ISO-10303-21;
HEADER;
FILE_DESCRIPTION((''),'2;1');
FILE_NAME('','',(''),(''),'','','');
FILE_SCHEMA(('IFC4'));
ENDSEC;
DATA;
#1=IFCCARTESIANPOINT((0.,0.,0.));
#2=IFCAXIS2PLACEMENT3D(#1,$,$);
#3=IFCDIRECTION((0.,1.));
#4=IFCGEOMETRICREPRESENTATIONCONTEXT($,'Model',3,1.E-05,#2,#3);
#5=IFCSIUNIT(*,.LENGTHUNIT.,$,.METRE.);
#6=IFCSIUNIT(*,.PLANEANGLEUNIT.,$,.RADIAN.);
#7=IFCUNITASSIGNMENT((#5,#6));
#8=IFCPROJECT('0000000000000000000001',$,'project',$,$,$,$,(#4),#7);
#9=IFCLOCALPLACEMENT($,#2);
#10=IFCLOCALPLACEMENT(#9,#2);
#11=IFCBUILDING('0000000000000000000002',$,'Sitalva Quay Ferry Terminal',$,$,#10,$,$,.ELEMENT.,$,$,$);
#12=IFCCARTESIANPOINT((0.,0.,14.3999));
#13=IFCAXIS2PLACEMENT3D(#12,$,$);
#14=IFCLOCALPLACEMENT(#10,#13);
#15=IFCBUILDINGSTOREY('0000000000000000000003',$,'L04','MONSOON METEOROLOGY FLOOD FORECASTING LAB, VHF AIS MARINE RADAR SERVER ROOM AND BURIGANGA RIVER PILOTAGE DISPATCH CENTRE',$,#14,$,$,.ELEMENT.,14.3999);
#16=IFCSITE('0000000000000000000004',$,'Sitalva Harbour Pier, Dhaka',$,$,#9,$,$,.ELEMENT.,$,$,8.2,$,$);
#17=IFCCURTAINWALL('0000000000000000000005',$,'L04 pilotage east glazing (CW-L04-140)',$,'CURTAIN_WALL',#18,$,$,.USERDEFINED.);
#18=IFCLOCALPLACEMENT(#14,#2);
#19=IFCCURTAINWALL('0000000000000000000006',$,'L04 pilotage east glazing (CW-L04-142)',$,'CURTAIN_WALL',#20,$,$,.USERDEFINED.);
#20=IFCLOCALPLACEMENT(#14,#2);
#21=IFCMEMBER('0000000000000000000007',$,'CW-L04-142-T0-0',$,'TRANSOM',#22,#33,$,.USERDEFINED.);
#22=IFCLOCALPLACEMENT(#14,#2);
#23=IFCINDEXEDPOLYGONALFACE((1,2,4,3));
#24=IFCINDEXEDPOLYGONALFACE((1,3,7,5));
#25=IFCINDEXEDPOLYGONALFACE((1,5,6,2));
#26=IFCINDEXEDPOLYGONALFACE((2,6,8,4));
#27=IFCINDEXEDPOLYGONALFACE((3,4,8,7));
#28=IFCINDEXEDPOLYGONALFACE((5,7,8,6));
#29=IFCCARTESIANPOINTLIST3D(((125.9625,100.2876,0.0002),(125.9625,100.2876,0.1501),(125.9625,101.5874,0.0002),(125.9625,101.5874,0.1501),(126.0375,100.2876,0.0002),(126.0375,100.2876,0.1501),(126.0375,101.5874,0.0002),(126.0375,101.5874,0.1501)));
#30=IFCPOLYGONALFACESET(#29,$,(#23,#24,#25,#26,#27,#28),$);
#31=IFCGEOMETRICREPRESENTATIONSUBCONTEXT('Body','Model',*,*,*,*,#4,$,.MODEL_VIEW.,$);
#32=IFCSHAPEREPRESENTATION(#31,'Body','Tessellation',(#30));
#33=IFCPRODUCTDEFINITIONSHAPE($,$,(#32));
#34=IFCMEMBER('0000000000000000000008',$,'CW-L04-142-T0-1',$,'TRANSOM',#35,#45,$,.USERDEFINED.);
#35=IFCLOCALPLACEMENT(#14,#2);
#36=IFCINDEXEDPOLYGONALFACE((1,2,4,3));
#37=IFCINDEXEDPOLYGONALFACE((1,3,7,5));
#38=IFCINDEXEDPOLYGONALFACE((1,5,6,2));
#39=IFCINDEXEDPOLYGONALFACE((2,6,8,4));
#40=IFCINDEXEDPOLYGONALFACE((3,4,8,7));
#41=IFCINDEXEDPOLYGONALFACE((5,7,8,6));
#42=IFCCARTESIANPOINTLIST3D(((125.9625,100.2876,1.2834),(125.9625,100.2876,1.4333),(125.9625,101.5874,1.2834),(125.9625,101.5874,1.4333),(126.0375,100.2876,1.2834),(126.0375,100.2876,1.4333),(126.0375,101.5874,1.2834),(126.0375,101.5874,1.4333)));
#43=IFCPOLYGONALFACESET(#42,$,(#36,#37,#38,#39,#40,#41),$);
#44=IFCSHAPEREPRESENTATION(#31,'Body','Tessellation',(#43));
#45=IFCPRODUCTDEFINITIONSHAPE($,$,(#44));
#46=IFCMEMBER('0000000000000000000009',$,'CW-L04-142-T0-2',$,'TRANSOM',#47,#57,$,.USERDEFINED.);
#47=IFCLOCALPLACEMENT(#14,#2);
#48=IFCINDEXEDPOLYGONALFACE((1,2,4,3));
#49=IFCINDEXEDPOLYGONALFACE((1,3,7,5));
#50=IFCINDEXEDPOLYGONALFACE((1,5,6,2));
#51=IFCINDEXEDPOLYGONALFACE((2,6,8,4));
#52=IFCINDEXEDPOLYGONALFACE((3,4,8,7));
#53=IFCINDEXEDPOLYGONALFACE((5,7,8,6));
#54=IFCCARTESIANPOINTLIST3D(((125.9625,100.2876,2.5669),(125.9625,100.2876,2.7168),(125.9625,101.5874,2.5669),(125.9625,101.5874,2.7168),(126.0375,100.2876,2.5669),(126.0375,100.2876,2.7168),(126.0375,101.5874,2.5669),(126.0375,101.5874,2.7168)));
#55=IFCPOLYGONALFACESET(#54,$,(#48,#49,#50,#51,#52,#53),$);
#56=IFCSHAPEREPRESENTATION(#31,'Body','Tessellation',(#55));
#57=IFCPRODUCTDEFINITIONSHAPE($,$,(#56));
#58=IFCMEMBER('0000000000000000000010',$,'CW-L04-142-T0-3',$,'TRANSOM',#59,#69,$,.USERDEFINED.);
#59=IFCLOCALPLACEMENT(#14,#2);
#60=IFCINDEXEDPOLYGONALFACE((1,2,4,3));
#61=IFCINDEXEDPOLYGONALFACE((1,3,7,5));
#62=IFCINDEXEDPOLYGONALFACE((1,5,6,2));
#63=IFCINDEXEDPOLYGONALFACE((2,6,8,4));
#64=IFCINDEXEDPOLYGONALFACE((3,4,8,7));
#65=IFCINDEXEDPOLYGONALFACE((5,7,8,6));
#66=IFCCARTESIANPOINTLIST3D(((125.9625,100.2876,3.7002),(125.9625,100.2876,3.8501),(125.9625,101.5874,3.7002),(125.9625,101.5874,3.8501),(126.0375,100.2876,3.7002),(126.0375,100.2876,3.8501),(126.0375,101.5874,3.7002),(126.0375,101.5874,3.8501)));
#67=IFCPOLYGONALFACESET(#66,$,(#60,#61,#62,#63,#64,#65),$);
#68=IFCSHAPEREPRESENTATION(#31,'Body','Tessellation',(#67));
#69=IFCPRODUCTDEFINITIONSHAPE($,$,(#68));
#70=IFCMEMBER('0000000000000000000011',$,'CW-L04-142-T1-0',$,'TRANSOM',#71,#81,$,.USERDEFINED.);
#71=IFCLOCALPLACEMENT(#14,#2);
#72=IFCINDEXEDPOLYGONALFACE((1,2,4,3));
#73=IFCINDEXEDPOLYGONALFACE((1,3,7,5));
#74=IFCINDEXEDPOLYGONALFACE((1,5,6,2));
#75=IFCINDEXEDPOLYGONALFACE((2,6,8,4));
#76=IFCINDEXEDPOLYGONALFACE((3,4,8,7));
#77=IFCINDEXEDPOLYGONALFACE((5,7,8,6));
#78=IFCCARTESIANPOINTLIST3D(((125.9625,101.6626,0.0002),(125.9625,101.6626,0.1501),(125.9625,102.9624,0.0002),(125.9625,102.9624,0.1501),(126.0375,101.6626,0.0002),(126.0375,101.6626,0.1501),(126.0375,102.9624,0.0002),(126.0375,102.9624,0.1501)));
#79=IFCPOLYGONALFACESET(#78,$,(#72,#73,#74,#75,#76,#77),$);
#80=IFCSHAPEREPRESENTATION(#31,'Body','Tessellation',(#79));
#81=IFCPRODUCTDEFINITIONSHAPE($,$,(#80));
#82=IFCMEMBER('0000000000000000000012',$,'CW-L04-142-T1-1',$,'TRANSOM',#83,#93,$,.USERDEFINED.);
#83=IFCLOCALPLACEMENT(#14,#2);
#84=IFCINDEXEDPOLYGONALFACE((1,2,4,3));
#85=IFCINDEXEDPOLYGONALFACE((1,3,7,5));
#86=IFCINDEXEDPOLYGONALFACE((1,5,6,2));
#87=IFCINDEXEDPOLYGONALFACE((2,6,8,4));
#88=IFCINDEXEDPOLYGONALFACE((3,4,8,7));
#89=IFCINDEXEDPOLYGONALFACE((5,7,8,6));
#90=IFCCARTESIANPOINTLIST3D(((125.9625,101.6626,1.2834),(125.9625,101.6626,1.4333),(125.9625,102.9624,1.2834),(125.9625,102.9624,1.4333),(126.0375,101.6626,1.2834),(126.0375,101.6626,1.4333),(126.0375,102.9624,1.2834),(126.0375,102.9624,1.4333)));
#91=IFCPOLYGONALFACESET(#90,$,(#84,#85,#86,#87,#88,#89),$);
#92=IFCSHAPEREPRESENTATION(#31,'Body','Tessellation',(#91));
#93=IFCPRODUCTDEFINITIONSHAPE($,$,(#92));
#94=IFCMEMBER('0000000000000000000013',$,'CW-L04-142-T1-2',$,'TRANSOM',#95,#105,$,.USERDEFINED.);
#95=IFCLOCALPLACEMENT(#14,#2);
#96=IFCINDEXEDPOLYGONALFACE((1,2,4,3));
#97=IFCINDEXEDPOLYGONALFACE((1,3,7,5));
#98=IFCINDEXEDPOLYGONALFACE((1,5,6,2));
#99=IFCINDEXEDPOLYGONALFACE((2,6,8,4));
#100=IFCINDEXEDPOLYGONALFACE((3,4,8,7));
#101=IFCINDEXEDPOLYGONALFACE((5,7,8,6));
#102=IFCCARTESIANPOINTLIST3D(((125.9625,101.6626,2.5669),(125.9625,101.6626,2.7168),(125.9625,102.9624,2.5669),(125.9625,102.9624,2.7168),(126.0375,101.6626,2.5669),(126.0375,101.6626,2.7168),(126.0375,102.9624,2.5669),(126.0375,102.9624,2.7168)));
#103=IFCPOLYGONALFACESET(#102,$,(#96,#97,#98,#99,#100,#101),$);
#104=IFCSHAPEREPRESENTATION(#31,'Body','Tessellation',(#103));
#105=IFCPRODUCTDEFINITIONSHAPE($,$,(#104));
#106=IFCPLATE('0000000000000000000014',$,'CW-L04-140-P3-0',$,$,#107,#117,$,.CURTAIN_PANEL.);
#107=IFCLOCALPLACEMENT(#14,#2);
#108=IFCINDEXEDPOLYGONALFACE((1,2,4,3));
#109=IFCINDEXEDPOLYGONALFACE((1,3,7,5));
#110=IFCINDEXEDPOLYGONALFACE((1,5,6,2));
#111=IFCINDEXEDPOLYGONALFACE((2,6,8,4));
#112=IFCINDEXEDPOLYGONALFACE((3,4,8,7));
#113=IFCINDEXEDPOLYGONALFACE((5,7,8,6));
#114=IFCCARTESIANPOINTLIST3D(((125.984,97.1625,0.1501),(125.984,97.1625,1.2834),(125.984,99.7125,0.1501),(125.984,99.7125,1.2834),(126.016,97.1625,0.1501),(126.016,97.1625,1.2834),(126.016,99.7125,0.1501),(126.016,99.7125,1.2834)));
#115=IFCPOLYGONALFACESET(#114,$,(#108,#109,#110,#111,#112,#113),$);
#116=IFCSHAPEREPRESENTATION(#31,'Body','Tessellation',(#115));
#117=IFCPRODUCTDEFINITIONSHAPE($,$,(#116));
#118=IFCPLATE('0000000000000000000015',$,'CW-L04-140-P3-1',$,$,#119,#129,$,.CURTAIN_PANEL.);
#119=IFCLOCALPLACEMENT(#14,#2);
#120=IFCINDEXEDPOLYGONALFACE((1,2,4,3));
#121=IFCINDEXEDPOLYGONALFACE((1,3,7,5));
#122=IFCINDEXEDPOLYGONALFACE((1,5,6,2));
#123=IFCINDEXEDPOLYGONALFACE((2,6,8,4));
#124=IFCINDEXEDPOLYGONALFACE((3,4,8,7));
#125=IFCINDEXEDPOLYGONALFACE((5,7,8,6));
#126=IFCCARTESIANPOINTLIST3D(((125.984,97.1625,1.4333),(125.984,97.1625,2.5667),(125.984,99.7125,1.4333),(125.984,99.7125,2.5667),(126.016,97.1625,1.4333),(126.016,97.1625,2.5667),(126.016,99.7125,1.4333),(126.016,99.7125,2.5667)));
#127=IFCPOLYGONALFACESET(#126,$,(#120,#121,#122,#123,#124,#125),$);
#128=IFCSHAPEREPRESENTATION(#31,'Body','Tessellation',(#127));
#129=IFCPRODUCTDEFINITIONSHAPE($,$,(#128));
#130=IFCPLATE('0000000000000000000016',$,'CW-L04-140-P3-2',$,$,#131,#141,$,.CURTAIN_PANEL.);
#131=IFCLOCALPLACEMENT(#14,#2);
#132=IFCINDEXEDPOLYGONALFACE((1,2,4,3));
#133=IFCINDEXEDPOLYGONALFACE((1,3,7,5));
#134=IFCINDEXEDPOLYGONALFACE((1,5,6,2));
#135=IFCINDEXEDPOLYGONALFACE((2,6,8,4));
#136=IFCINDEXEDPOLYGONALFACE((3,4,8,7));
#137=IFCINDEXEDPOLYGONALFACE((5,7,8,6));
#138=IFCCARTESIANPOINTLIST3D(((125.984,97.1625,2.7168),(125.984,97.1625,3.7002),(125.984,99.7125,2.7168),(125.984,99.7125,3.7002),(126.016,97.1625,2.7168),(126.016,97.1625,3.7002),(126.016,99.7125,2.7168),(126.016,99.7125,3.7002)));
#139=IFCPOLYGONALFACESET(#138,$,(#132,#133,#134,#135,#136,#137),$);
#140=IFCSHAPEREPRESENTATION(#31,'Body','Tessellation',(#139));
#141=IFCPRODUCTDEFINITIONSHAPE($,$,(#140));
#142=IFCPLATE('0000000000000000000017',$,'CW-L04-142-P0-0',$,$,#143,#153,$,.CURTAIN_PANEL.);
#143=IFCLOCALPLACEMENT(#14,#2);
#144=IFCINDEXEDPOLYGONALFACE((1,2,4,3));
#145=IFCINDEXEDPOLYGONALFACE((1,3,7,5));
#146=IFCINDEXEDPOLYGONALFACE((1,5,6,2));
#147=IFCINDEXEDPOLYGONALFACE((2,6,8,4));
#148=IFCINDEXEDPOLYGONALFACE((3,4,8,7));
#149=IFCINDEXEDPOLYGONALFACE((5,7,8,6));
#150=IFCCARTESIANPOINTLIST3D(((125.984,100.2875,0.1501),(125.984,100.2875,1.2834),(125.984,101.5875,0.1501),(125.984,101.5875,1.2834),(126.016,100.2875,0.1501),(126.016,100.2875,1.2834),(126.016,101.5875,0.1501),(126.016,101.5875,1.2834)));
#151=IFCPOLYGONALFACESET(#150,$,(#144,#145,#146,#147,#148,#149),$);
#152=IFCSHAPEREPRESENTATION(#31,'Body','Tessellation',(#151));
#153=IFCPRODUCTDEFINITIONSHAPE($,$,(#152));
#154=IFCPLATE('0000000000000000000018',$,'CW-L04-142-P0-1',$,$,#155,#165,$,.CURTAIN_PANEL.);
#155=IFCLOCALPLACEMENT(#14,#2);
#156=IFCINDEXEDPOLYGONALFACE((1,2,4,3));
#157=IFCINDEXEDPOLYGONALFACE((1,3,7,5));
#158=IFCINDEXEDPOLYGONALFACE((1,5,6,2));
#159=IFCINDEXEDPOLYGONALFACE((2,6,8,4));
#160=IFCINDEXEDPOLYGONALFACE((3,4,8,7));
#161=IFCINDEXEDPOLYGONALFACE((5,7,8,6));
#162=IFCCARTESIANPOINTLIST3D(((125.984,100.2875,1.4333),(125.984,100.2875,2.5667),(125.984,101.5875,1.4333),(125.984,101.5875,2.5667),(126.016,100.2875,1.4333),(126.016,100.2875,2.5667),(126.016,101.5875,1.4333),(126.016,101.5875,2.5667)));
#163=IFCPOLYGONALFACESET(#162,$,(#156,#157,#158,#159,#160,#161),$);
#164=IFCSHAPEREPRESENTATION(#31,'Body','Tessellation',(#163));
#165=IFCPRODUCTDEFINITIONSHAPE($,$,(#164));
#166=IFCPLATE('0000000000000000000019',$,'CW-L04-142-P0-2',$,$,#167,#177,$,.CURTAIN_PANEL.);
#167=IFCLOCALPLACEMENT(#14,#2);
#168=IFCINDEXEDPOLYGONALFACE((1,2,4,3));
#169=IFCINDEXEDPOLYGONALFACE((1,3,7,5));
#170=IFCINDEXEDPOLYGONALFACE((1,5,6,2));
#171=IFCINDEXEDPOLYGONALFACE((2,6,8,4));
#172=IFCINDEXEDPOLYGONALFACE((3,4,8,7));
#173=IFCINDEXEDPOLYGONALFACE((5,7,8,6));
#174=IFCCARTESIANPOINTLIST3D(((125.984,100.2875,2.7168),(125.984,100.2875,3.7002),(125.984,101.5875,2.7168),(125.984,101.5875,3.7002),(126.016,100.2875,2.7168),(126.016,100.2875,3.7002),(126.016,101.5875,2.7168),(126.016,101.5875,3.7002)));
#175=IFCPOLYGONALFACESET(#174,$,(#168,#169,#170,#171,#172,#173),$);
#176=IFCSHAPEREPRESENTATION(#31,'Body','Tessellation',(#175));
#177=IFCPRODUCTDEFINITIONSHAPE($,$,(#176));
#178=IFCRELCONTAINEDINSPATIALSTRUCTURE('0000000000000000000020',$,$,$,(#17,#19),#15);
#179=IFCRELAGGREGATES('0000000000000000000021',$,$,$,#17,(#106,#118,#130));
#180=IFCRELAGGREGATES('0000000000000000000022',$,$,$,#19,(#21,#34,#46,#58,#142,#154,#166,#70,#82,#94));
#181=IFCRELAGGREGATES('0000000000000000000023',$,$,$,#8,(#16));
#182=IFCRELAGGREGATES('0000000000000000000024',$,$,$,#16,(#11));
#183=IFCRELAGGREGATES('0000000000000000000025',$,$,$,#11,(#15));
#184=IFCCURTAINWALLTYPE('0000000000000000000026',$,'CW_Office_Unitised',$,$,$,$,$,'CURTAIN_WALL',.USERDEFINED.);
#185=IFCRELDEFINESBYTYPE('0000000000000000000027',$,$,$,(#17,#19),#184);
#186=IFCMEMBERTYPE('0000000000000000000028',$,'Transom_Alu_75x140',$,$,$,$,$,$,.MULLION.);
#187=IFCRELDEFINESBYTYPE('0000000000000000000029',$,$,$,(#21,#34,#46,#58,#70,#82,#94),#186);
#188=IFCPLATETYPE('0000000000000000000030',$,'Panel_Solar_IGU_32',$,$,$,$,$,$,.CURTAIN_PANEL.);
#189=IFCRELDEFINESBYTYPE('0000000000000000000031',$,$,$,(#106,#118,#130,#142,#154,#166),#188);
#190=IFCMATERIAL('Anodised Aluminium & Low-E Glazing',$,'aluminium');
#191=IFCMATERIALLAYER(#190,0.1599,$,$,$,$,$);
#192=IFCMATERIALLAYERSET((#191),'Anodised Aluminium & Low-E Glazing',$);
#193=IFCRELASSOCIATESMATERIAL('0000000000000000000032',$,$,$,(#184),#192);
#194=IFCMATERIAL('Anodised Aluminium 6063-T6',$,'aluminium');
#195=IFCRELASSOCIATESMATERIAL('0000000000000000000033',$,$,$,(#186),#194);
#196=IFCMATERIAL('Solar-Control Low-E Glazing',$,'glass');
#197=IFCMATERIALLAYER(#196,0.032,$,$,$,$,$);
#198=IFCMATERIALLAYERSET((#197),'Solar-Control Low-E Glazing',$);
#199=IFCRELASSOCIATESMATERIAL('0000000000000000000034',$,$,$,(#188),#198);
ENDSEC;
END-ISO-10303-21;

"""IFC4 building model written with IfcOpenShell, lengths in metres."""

from ifc_helpers import new_model, si_unit, direction, frame, origin, origin_2d, place, context, subcontext, project, spatial, rectangle, extrude, material, layer, layer_set, material_profile, profile_set, type_object, element, aggregate, save


model = new_model("IFC4")

# Units and contexts
model_context = context("Model", 3, precision=1e-05, world=origin(), true_north=direction((0.0, 1.0)))
body_context = subcontext(model_context, "Body", "Model", "MODEL_VIEW")
ifc_project = project(units=[si_unit("LENGTHUNIT", "METRE"), si_unit("PLANEANGLEUNIT", "RADIAN")], contexts=[model_context])

# Site, building, storey
site_placement = place(None, origin())
site = spatial("IfcSite", under=ifc_project, at=site_placement, Name="Sitalva Harbour Pier, Dhaka", CompositionType="ELEMENT", RefElevation=8.2)
building_placement = place(site_placement, origin())
building = spatial("IfcBuilding", under=site, at=building_placement, Name="Sitalva Quay Ferry Terminal", CompositionType="ELEMENT")
storey_placement = place(building_placement, frame((0.0, 0.0, 14.3999)))
storey = spatial("IfcBuildingStorey", under=building, at=storey_placement, Name="L04", Description="MONSOON METEOROLOGY FLOOD FORECASTING LAB, VHF AIS MARINE RADAR SERVER ROOM AND BURIGANGA RIVER PILOTAGE DISPATCH CENTRE", CompositionType="ELEMENT", Elevation=14.3999)

# Curtain wall
ifc_material_1 = material(Name="Anodised Aluminium & Low-E Glazing", Category="aluminium")
ifc_layer_1 = layer(ifc_material_1, 0.1599)
ifc_layer_set_1 = layer_set([ifc_layer_1], Name="Anodised Aluminium & Low-E Glazing")
curtain_wall_type = type_object("IfcCurtainWallType", Name="CW_Office_Unitised", ElementType="CURTAIN_WALL", PredefinedType="USERDEFINED", material=ifc_layer_set_1)
curtain_wall_1_placement = place(storey_placement, origin())
curtain_wall_1 = element("IfcCurtainWall", 1, at=curtain_wall_1_placement, inside=storey, type_object=curtain_wall_type, Name="L04 pilotage east glazing (CW-L04-140)", ObjectType="CURTAIN_WALL", PredefinedType="USERDEFINED")

# Curtain wall
curtain_wall_2_placement = place(storey_placement, origin())
curtain_wall_2 = element("IfcCurtainWall", 2, at=curtain_wall_2_placement, inside=storey, type_object=curtain_wall_type, Name="L04 pilotage east glazing (CW-L04-142)", ObjectType="CURTAIN_WALL", PredefinedType="USERDEFINED")

# Members
ifc_material_2 = material(Name="Anodised Aluminium 6063-T6", Category="aluminium")
ifc_material_profile_1 = material_profile(ifc_material_2, rectangle(XDim=0.075, YDim=0.1499, at=origin_2d()), Name="ALU75x150")
ifc_profile_set_1 = profile_set([ifc_material_profile_1], Name="Anodised Aluminium 6063-T6")
member_type_1 = type_object("IfcMemberType", Name="Transom_Alu_75x140", PredefinedType="MULLION", material=ifc_profile_set_1)
member_1_placement = place(storey_placement, frame((126.0, 100.2876, 0.0752), z_axis=(0.0, 1.0, 0.0), x_axis=(-1.0, 0.0, 0.0)))
member_1 = element("IfcMember", 3, at=member_1_placement, type_object=member_type_1, Name="CW-L04-142-T0-0", ObjectType="TRANSOM", PredefinedType="USERDEFINED", context=body_context, shape_type="SweptSolid", body=[
    extrude(rectangle(XDim=0.075, YDim=0.1499, at=origin_2d()), origin(), (0.0, 0.0, 1.0), 1.2998),
])
member_2_placement = place(storey_placement, frame((126.0, 100.2876, 1.3584), z_axis=(0.0, 1.0, 0.0), x_axis=(-1.0, 0.0, 0.0)))
member_2 = element("IfcMember", 4, at=member_2_placement, type_object=member_type_1, Name="CW-L04-142-T0-1", ObjectType="TRANSOM", PredefinedType="USERDEFINED", context=body_context, shape_type="SweptSolid", body=[
    extrude(rectangle(XDim=0.075, YDim=0.1499, at=origin_2d()), origin(), (0.0, 0.0, 1.0), 1.2998),
])
member_3_placement = place(storey_placement, frame((126.0, 100.2876, 2.6418), z_axis=(0.0, 1.0, 0.0), x_axis=(-1.0, 0.0, 0.0)))
member_3 = element("IfcMember", 5, at=member_3_placement, type_object=member_type_1, Name="CW-L04-142-T0-2", ObjectType="TRANSOM", PredefinedType="USERDEFINED", context=body_context, shape_type="SweptSolid", body=[
    extrude(rectangle(XDim=0.075, YDim=0.1499, at=origin_2d()), origin(), (0.0, 0.0, 1.0), 1.2998),
])
member_4_placement = place(storey_placement, frame((126.0, 100.2876, 3.7751), z_axis=(0.0, 1.0, 0.0), x_axis=(-1.0, 0.0, 0.0)))
member_4 = element("IfcMember", 6, at=member_4_placement, type_object=member_type_1, Name="CW-L04-142-T0-3", ObjectType="TRANSOM", PredefinedType="USERDEFINED", context=body_context, shape_type="SweptSolid", body=[
    extrude(rectangle(XDim=0.075, YDim=0.1499, at=origin_2d()), origin(), (0.0, 0.0, 1.0), 1.2998),
])
member_5_placement = place(storey_placement, frame((126.0, 101.6626, 0.0752), z_axis=(0.0, 1.0, 0.0), x_axis=(-1.0, 0.0, 0.0)))
member_5 = element("IfcMember", 7, at=member_5_placement, type_object=member_type_1, Name="CW-L04-142-T1-0", ObjectType="TRANSOM", PredefinedType="USERDEFINED", context=body_context, shape_type="SweptSolid", body=[
    extrude(rectangle(XDim=0.075, YDim=0.1499, at=origin_2d()), origin(), (0.0, 0.0, 1.0), 1.2998),
])
member_6_placement = place(storey_placement, frame((126.0, 101.6626, 1.3584), z_axis=(0.0, 1.0, 0.0), x_axis=(-1.0, 0.0, 0.0)))
member_6 = element("IfcMember", 8, at=member_6_placement, type_object=member_type_1, Name="CW-L04-142-T1-1", ObjectType="TRANSOM", PredefinedType="USERDEFINED", context=body_context, shape_type="SweptSolid", body=[
    extrude(rectangle(XDim=0.075, YDim=0.1499, at=origin_2d()), origin(), (0.0, 0.0, 1.0), 1.2998),
])
member_7_placement = place(storey_placement, frame((126.0, 101.6626, 2.6418), z_axis=(0.0, 1.0, 0.0), x_axis=(-1.0, 0.0, 0.0)))
member_7 = element("IfcMember", 9, at=member_7_placement, type_object=member_type_1, Name="CW-L04-142-T1-2", ObjectType="TRANSOM", PredefinedType="USERDEFINED", context=body_context, shape_type="SweptSolid", body=[
    extrude(rectangle(XDim=0.075, YDim=0.1499, at=origin_2d()), origin(), (0.0, 0.0, 1.0), 1.2998),
])

# Plates
ifc_material_3 = material(Name="Solar-Control Low-E Glazing", Category="glass")
ifc_layer_2 = layer(ifc_material_3, 0.032)
ifc_layer_set_2 = layer_set([ifc_layer_2], Name="Solar-Control Low-E Glazing")
plate_type = type_object("IfcPlateType", Name="Panel_Solar_IGU_32", PredefinedType="CURTAIN_PANEL", material=ifc_layer_set_2)
plate_1_placement = place(storey_placement, frame((126.0, 98.4375, 0.1501), z_axis=(0.0, 0.0, 1.0), x_axis=(0.0, 1.0, 0.0)))
plate_1 = element("IfcPlate", 10, at=plate_1_placement, type_object=plate_type, Name="CW-L04-140-P3-0", PredefinedType="CURTAIN_PANEL", context=body_context, shape_type="SweptSolid", body=[
    extrude(rectangle(XDim=2.55, YDim=0.032, at=origin_2d()), origin(), (0.0, 0.0, 1.0), 1.1333),
])
plate_2_placement = place(storey_placement, frame((126.0, 98.4375, 1.4333), z_axis=(0.0, 0.0, 1.0), x_axis=(0.0, 1.0, 0.0)))
plate_2 = element("IfcPlate", 11, at=plate_2_placement, type_object=plate_type, Name="CW-L04-140-P3-1", PredefinedType="CURTAIN_PANEL", context=body_context, shape_type="SweptSolid", body=[
    extrude(rectangle(XDim=2.55, YDim=0.032, at=origin_2d()), origin(), (0.0, 0.0, 1.0), 1.1333),
])
plate_3_placement = place(storey_placement, frame((126.0, 98.4375, 2.7168), z_axis=(0.0, 0.0, 1.0), x_axis=(0.0, 1.0, 0.0)))
plate_3 = element("IfcPlate", 12, at=plate_3_placement, type_object=plate_type, Name="CW-L04-140-P3-2", PredefinedType="CURTAIN_PANEL", context=body_context, shape_type="SweptSolid", body=[
    extrude(rectangle(XDim=2.55, YDim=0.032, at=origin_2d()), origin(), (0.0, 0.0, 1.0), 0.9834),
])
aggregate(curtain_wall_1, [plate_1, plate_2, plate_3])
plate_4_placement = place(storey_placement, frame((126.0, 100.9375, 0.1501), z_axis=(0.0, 0.0, 1.0), x_axis=(0.0, 1.0, 0.0)))
plate_4 = element("IfcPlate", 13, at=plate_4_placement, type_object=plate_type, Name="CW-L04-142-P0-0", PredefinedType="CURTAIN_PANEL", context=body_context, shape_type="SweptSolid", body=[
    extrude(rectangle(XDim=1.3, YDim=0.032, at=origin_2d()), origin(), (0.0, 0.0, 1.0), 1.1333),
])
plate_5_placement = place(storey_placement, frame((126.0, 100.9375, 1.4333), z_axis=(0.0, 0.0, 1.0), x_axis=(0.0, 1.0, 0.0)))
plate_5 = element("IfcPlate", 14, at=plate_5_placement, type_object=plate_type, Name="CW-L04-142-P0-1", PredefinedType="CURTAIN_PANEL", context=body_context, shape_type="SweptSolid", body=[
    extrude(rectangle(XDim=1.3, YDim=0.032, at=origin_2d()), origin(), (0.0, 0.0, 1.0), 1.1333),
])
plate_6_placement = place(storey_placement, frame((126.0, 100.9375, 2.7168), z_axis=(0.0, 0.0, 1.0), x_axis=(0.0, 1.0, 0.0)))
plate_6 = element("IfcPlate", 15, at=plate_6_placement, type_object=plate_type, Name="CW-L04-142-P0-2", PredefinedType="CURTAIN_PANEL", context=body_context, shape_type="SweptSolid", body=[
    extrude(rectangle(XDim=1.3, YDim=0.032, at=origin_2d()), origin(), (0.0, 0.0, 1.0), 0.9834),
])
aggregate(curtain_wall_2, [member_1, member_2, member_3, member_4, plate_4, plate_5, plate_6, member_5, member_6, member_7])

save(model, "model.ifc")
